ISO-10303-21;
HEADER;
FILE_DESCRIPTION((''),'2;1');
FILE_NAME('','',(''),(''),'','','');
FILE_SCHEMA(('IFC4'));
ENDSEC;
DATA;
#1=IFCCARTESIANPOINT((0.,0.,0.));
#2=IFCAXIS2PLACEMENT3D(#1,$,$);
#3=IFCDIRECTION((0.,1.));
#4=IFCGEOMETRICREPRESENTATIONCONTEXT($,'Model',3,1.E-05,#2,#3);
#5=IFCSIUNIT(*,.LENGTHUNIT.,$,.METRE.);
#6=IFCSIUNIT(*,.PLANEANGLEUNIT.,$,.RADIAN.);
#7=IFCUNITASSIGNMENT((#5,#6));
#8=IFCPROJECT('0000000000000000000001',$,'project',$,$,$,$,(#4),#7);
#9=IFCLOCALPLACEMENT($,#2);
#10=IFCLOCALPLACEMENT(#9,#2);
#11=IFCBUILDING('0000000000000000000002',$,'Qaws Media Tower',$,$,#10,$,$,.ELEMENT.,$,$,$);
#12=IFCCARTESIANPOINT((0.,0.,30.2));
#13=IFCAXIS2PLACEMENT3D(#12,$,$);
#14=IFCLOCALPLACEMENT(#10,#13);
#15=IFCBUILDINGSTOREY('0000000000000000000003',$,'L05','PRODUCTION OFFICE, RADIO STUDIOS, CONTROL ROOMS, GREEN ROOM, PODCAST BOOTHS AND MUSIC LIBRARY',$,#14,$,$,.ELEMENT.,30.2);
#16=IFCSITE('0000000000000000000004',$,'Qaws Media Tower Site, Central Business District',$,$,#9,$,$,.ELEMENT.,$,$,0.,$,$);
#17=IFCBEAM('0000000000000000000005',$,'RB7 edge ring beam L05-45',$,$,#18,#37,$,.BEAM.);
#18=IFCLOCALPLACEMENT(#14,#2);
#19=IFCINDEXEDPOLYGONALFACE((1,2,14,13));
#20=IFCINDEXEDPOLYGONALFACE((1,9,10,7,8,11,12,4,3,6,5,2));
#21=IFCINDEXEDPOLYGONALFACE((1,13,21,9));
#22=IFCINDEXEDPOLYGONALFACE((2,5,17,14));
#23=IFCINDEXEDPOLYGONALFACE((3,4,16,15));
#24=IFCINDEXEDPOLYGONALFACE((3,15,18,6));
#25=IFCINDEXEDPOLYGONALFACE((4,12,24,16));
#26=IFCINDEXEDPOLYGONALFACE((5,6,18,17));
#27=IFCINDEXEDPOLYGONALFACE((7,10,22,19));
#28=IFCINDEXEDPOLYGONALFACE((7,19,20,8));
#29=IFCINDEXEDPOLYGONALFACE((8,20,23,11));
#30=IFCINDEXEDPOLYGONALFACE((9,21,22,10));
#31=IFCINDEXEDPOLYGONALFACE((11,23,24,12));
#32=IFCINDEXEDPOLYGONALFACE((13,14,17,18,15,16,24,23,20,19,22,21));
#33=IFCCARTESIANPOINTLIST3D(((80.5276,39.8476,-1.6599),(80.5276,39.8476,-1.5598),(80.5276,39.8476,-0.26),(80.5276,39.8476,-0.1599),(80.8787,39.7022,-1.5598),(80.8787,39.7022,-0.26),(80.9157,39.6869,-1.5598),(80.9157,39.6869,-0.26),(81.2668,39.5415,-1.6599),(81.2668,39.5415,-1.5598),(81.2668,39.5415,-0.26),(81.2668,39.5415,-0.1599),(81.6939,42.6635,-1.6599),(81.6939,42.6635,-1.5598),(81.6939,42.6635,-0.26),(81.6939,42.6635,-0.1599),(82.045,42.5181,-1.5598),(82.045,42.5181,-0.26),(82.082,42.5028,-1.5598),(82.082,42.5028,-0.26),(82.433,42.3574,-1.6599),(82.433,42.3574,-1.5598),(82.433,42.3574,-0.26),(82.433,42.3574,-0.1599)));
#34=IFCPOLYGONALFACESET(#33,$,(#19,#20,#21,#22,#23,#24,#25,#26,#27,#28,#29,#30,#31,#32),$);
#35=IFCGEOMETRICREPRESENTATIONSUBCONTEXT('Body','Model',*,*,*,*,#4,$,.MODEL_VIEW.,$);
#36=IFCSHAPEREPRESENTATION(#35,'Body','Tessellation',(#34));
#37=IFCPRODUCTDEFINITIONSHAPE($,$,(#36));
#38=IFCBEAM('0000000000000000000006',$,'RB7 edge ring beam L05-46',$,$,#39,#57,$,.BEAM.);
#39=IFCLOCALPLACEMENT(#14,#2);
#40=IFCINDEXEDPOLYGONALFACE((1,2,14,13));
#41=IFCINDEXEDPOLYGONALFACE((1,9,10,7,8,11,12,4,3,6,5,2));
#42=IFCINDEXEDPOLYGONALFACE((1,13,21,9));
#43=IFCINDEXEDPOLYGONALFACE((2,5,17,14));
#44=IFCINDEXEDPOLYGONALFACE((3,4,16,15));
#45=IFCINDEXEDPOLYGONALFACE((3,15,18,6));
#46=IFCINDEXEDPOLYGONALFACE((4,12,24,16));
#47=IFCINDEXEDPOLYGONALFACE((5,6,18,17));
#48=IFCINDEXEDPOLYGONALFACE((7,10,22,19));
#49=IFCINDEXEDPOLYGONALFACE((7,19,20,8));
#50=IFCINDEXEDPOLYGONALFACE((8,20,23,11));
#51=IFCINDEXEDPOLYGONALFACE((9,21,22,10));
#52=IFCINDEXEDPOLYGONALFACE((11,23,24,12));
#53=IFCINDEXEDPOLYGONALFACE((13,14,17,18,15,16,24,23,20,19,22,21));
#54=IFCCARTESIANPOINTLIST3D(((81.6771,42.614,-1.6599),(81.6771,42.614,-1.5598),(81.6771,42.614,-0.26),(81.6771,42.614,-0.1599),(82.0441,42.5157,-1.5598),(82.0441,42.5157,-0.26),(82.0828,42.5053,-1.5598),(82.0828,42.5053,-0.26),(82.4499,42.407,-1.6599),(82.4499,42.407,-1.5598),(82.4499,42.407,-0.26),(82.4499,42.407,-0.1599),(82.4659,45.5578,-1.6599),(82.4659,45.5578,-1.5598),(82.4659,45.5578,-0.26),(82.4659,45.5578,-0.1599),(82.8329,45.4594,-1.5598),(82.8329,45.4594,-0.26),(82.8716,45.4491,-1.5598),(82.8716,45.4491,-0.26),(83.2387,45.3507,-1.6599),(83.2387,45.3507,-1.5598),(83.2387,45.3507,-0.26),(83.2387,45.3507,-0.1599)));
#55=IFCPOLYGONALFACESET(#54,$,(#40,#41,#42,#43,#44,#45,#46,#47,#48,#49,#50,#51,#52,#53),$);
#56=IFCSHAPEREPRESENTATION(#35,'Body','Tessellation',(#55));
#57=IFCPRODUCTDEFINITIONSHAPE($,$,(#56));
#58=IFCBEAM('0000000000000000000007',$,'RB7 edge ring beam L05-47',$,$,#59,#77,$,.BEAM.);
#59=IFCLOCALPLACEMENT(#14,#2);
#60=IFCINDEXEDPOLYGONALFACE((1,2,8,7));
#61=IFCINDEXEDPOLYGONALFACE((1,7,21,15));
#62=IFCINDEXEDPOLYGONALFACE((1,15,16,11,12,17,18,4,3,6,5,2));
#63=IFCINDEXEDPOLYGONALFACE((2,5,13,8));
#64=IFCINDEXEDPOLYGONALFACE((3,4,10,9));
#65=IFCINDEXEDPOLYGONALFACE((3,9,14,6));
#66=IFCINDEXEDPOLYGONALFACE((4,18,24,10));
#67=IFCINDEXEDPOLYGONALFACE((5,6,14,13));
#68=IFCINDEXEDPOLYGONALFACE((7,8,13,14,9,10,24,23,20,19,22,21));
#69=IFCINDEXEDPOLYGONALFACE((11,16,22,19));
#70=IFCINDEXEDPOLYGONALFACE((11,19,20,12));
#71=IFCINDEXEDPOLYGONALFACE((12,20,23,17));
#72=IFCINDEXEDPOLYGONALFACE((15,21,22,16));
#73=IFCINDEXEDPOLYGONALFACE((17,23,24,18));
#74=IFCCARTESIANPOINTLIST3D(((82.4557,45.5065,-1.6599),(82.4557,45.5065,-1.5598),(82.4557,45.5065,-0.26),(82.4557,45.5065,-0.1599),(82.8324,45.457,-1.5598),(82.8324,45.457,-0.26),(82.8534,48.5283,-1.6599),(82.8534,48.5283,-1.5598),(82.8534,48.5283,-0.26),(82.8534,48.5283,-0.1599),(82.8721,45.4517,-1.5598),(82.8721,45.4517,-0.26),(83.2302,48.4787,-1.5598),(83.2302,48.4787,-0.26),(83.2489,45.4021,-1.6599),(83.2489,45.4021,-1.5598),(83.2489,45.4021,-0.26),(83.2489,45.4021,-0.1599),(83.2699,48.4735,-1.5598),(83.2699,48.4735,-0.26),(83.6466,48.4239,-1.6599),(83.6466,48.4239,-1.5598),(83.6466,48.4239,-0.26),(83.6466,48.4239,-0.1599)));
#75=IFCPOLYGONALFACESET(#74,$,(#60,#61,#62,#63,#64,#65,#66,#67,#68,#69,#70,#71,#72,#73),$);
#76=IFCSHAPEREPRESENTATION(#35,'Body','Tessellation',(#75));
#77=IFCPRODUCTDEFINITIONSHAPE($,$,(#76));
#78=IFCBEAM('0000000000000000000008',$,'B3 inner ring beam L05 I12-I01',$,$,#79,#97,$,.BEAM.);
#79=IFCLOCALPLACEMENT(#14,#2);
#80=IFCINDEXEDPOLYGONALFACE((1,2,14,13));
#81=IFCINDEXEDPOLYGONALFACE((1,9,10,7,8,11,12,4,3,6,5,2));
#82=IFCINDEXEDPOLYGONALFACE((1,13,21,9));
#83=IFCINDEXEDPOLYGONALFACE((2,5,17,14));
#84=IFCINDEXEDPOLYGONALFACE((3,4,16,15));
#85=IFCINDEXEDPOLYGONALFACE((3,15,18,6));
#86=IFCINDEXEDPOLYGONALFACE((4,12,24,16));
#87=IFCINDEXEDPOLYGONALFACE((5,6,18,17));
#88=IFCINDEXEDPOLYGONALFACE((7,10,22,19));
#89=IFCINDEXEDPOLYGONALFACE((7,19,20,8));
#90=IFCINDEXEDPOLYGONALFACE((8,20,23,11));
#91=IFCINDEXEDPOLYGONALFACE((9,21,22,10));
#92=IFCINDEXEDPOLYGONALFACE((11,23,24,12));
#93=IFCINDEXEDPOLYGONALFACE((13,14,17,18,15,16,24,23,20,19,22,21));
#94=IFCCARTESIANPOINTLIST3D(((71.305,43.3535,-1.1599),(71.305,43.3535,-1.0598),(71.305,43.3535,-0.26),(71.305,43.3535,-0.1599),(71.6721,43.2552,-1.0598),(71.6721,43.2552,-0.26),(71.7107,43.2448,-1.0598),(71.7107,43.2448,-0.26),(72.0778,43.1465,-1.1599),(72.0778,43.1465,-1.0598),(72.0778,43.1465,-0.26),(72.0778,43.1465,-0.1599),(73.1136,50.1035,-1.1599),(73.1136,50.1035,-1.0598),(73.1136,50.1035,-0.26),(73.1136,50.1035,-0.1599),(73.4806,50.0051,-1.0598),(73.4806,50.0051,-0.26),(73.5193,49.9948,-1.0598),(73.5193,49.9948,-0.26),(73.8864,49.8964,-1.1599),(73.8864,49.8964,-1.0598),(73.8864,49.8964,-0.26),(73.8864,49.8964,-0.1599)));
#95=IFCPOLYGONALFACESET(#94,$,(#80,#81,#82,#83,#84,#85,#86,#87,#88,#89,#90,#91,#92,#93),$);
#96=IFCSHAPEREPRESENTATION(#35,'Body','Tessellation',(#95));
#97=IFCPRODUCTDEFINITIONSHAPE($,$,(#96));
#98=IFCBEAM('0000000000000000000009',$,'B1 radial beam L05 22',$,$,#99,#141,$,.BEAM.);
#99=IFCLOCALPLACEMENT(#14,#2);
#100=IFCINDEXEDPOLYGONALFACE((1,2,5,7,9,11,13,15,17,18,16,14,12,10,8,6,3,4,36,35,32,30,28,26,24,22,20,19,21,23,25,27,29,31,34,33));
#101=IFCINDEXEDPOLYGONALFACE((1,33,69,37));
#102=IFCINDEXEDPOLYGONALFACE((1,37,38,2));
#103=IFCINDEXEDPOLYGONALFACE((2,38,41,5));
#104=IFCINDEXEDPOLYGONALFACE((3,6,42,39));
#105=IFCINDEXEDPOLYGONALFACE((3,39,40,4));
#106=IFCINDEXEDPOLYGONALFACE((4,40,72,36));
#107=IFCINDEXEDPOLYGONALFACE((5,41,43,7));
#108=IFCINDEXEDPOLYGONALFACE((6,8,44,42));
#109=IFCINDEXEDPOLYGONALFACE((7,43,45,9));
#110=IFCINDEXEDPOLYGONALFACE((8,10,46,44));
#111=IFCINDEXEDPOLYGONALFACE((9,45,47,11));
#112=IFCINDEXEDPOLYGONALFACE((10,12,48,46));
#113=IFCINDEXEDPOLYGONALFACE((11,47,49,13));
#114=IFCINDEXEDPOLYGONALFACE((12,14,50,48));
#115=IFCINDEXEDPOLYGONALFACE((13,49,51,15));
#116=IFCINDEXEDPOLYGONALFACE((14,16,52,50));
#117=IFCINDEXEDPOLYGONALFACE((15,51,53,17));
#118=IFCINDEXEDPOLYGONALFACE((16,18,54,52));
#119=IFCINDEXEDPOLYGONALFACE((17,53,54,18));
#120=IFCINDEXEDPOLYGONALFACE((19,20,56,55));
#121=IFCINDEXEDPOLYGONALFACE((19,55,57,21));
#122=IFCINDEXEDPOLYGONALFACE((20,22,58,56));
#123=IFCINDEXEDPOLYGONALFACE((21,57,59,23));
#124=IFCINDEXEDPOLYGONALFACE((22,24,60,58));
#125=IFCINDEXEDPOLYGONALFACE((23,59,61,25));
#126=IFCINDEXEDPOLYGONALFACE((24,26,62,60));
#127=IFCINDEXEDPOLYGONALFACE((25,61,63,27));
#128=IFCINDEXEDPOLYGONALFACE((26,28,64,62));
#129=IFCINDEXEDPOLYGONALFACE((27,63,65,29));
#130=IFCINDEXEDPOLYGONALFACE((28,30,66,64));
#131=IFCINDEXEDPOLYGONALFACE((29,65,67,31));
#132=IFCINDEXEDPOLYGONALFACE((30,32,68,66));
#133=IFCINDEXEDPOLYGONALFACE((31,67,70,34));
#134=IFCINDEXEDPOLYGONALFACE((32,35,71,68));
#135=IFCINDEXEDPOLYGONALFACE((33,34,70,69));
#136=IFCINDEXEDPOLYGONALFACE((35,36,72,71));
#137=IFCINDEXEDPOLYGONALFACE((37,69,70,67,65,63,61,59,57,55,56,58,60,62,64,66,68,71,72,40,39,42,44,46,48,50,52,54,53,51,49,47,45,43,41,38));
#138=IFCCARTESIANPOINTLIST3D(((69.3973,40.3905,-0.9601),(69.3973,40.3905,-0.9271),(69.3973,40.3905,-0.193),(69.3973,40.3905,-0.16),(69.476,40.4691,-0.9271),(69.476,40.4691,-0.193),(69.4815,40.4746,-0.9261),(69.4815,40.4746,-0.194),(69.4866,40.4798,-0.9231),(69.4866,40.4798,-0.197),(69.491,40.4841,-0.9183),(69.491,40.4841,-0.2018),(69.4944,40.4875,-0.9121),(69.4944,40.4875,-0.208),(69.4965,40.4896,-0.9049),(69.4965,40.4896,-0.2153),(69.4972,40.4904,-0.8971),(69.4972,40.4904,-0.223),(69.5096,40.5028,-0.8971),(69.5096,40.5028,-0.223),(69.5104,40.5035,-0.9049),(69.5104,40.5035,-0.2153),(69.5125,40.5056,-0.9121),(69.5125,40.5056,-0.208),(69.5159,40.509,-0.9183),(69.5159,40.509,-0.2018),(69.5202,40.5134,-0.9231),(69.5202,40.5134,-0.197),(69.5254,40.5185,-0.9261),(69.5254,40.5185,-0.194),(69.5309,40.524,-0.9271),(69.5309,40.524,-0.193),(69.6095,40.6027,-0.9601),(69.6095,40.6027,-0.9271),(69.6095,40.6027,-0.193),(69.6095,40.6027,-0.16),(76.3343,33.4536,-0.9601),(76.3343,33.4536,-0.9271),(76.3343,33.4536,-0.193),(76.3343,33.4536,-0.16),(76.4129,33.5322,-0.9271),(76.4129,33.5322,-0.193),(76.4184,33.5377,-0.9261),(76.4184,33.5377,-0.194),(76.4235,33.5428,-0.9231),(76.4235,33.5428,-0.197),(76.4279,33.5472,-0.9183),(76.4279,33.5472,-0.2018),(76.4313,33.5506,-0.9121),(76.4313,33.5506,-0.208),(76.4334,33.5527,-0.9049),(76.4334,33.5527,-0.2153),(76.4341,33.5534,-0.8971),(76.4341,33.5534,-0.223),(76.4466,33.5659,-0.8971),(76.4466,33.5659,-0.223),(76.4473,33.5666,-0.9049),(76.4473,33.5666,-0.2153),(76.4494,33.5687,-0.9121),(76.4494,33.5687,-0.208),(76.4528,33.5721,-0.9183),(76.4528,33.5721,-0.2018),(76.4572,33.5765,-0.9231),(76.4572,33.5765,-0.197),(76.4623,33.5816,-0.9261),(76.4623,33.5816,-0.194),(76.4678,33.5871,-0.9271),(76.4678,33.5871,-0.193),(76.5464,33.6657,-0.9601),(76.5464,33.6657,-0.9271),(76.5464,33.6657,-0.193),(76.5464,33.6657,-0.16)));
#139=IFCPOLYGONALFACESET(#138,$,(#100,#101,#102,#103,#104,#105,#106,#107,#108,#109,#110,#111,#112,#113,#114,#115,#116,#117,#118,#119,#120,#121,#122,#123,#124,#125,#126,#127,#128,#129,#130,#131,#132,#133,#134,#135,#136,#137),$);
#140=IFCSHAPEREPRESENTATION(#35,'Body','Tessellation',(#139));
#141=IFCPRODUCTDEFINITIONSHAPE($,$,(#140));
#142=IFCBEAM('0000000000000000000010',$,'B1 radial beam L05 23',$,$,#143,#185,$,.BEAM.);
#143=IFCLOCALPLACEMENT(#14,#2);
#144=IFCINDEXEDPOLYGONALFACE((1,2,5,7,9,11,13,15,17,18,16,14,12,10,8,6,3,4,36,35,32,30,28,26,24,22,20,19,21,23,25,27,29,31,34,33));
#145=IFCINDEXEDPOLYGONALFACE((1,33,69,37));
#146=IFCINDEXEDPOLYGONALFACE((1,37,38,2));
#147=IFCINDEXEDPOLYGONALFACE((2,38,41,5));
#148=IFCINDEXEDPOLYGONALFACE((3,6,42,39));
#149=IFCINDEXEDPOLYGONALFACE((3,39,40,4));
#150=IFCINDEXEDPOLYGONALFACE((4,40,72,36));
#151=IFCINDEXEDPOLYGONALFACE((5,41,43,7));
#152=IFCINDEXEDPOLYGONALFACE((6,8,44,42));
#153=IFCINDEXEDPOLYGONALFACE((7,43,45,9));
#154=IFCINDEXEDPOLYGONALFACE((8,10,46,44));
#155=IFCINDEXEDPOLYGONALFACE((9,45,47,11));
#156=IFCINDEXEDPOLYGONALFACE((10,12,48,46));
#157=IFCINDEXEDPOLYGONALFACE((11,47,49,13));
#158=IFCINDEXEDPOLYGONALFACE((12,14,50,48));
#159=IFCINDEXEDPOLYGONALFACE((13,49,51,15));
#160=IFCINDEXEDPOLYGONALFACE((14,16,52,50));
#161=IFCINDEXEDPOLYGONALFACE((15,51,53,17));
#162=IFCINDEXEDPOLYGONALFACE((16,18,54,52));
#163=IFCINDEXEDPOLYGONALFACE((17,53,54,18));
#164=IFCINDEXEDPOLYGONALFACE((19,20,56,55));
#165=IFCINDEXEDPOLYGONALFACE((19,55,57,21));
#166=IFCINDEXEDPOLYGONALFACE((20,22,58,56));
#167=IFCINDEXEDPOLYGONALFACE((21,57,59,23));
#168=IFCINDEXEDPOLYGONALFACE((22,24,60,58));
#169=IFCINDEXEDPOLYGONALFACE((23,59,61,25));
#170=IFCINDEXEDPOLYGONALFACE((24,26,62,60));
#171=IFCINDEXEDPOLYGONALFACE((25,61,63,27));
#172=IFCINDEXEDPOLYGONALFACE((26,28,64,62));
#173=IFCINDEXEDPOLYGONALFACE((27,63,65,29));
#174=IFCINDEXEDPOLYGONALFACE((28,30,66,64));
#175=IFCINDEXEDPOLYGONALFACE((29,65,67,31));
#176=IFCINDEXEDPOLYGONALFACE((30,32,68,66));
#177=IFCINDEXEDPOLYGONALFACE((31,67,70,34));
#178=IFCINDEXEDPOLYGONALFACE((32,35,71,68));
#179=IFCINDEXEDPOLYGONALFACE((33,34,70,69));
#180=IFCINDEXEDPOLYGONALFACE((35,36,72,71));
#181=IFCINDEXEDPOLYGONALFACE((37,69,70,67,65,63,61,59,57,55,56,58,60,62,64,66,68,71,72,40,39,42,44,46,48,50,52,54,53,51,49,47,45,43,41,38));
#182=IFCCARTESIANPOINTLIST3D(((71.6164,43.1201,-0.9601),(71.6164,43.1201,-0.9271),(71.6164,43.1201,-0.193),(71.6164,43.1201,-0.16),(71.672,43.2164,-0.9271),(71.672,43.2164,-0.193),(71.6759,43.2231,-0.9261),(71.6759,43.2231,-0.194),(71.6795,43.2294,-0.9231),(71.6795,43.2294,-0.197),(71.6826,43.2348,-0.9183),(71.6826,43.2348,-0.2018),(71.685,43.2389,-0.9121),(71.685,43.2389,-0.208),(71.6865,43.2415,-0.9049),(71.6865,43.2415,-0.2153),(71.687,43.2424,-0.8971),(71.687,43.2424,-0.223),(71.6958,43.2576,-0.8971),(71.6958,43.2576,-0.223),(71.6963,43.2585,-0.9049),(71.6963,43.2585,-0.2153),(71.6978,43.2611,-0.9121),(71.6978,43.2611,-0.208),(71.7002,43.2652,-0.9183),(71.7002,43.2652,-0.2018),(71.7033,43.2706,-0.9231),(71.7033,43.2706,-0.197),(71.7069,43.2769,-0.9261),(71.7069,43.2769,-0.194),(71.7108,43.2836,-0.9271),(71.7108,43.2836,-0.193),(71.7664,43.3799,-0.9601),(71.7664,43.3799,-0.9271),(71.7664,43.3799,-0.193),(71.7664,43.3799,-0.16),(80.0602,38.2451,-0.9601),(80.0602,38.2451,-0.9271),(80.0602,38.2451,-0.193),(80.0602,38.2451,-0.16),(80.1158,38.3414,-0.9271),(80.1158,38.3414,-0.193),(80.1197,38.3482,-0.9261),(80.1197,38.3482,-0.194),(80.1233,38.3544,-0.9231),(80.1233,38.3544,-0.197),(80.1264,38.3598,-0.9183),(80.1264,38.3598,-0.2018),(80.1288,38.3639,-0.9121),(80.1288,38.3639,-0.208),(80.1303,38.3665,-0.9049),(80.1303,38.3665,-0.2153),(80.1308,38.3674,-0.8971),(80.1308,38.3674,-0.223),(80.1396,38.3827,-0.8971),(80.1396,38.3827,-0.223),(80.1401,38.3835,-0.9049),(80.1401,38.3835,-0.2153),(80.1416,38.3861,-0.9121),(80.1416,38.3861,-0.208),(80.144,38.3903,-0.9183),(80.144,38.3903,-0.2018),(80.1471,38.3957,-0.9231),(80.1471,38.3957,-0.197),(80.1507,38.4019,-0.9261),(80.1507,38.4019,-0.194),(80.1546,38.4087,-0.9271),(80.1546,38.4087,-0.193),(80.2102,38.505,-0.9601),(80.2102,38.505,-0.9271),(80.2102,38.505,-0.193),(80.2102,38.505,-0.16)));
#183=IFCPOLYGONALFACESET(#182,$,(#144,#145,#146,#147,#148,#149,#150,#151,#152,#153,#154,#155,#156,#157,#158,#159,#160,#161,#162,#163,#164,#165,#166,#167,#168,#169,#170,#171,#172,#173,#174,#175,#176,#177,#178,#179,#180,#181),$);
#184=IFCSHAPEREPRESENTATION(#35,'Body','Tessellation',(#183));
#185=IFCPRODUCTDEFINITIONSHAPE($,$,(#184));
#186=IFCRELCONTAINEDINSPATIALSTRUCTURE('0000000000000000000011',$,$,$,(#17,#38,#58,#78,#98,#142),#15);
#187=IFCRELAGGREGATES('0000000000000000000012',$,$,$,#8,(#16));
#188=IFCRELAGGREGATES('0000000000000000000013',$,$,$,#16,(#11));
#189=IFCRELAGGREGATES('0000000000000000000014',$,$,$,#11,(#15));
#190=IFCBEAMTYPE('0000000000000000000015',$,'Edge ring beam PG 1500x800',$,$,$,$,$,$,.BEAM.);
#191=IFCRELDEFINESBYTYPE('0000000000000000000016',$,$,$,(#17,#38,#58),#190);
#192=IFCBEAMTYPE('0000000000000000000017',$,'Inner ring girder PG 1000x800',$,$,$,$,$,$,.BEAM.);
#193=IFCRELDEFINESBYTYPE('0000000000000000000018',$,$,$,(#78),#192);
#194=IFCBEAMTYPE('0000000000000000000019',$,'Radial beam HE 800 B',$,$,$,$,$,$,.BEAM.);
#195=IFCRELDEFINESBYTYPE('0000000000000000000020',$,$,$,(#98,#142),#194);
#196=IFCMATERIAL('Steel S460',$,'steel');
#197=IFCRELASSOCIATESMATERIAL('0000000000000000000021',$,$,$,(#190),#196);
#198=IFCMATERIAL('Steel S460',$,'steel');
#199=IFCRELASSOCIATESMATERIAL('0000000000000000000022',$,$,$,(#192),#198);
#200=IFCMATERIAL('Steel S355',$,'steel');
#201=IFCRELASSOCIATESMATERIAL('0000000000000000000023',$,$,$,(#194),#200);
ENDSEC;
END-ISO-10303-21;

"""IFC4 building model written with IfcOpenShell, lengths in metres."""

from ifc_helpers import new_model, si_unit, direction, frame, origin, origin_2d, place, context, subcontext, project, spatial, i_section, extrude, material, material_profile, profile_set, type_object, element, save


model = new_model("IFC4")

# Units and contexts
model_context = context("Model", 3, precision=1e-05, world=origin(), true_north=direction((0.0, 1.0)))
body_context = subcontext(model_context, "Body", "Model", "MODEL_VIEW")
ifc_project = project(units=[si_unit("LENGTHUNIT", "METRE"), si_unit("PLANEANGLEUNIT", "RADIAN")], contexts=[model_context])

# Site, building, storey
site_placement = place(None, origin())
site = spatial("IfcSite", under=ifc_project, at=site_placement, Name="Qaws Media Tower Site, Central Business District", CompositionType="ELEMENT", RefElevation=0.0)
building_placement = place(site_placement, origin())
building = spatial("IfcBuilding", under=site, at=building_placement, Name="Qaws Media Tower", CompositionType="ELEMENT")
storey_placement = place(building_placement, frame((0.0, 0.0, 30.2)))
storey = spatial("IfcBuildingStorey", under=building, at=storey_placement, Name="L05", Description="PRODUCTION OFFICE, RADIO STUDIOS, CONTROL ROOMS, GREEN ROOM, PODCAST BOOTHS AND MUSIC LIBRARY", CompositionType="ELEMENT", Elevation=30.2)

# Beams
ifc_material_1 = material(Name="Steel S460", Category="steel")
ifc_material_profile_1 = material_profile(ifc_material_1, i_section(OverallWidth=0.8, OverallDepth=1.5, WebThickness=0.04, FlangeThickness=0.1001, at=origin_2d()), Name="PG 1500x800")
ifc_profile_set_1 = profile_set([ifc_material_profile_1], Name="Steel S460")
beam_type_1 = type_object("IfcBeamType", Name="Edge ring beam PG 1500x800", PredefinedType="BEAM", material=ifc_profile_set_1)
beam_1_placement = place(storey_placement, frame((80.8972, 39.6946, -0.9099), z_axis=(0.382647, 0.923895, 0.0), x_axis=(-0.923895, 0.382647, 0.0)))
element("IfcBeam", 1, at=beam_1_placement, inside=storey, type_object=beam_type_1, Name="RB7 edge ring beam L05-45", PredefinedType="BEAM", context=body_context, shape_type="SweptSolid", body=[
    extrude(i_section(OverallWidth=0.8, OverallDepth=1.5, WebThickness=0.04, FlangeThickness=0.1001, at=origin_2d()), origin(), (0.0, 0.0, 1.0), 3.0479),
])
beam_2_placement = place(storey_placement, frame((82.0635, 42.5105, -0.9099), z_axis=(0.258824, 0.965924, 0.0), x_axis=(-0.965924, 0.258824, 0.0)))
element("IfcBeam", 2, at=beam_2_placement, inside=storey, type_object=beam_type_1, Name="RB7 edge ring beam L05-46", PredefinedType="BEAM", context=body_context, shape_type="SweptSolid", body=[
    extrude(i_section(OverallWidth=0.8, OverallDepth=1.5, WebThickness=0.04, FlangeThickness=0.1001, at=origin_2d()), origin(), (0.0, 0.0, 1.0), 3.0476),
])
beam_3_placement = place(storey_placement, frame((82.8523, 45.4543, -0.9099), z_axis=(0.13049, 0.99145, 0.0), x_axis=(-0.99145, 0.13049, 0.0)))
element("IfcBeam", 3, at=beam_3_placement, inside=storey, type_object=beam_type_1, Name="RB7 edge ring beam L05-47", PredefinedType="BEAM", context=body_context, shape_type="SweptSolid", body=[
    extrude(i_section(OverallWidth=0.8, OverallDepth=1.5, WebThickness=0.04, FlangeThickness=0.1001, at=origin_2d()), origin(), (0.0, 0.0, 1.0), 3.0479),
])
ifc_material_2 = material(Name="Steel S460", Category="steel")
ifc_material_profile_2 = material_profile(ifc_material_2, i_section(OverallWidth=0.8, OverallDepth=1.0, WebThickness=0.04, FlangeThickness=0.1001, at=origin_2d()), Name="PG 1000x800")
ifc_profile_set_2 = profile_set([ifc_material_profile_2], Name="Steel S460")
beam_type_2 = type_object("IfcBeamType", Name="Inner ring girder PG 1000x800", PredefinedType="BEAM", material=ifc_profile_set_2)
beam_4_placement = place(storey_placement, frame((71.6914, 43.25, -0.6599), z_axis=(0.258811, 0.965928, 0.0), x_axis=(-0.965928, 0.258811, 0.0)))
element("IfcBeam", 4, at=beam_4_placement, inside=storey, type_object=beam_type_2, Name="B3 inner ring beam L05 I12-I01", PredefinedType="BEAM", context=body_context, shape_type="SweptSolid", body=[
    extrude(i_section(OverallWidth=0.8, OverallDepth=1.0, WebThickness=0.04, FlangeThickness=0.1001, at=origin_2d()), origin(), (0.0, 0.0, 1.0), 6.988),
])
ifc_material_3 = material(Name="Steel S355", Category="steel")
ifc_material_profile_3 = material_profile(ifc_material_3, i_section(OverallWidth=0.3, OverallDepth=0.8, WebThickness=0.0176, FlangeThickness=0.033, FilletRadius=0.03, at=origin_2d()), Name="HE 800 B")
ifc_profile_set_3 = profile_set([ifc_material_profile_3], Name="Steel S355")
beam_type_3 = type_object("IfcBeamType", Name="Radial beam HE 800 B", PredefinedType="BEAM", material=ifc_profile_set_3)
beam_5_placement = place(storey_placement, frame((69.5034, 40.4966, -0.5601), z_axis=(0.707107, -0.707107, 0.0), x_axis=(0.707107, 0.707107, 0.0)))
element("IfcBeam", 5, at=beam_5_placement, inside=storey, type_object=beam_type_3, Name="B1 radial beam L05 22", PredefinedType="BEAM", context=body_context, shape_type="SweptSolid", body=[
    extrude(i_section(OverallWidth=0.3, OverallDepth=0.8, WebThickness=0.0176, FlangeThickness=0.033, FilletRadius=0.03, at=origin_2d()), origin(), (0.0, 0.0, 1.0), 9.8103),
])
beam_6_placement = place(storey_placement, frame((71.6914, 43.25, -0.5601), z_axis=(0.866028, -0.499996, 0.0), x_axis=(0.499996, 0.866028, 0.0)))
element("IfcBeam", 6, at=beam_6_placement, inside=storey, type_object=beam_type_3, Name="B1 radial beam L05 23", PredefinedType="BEAM", context=body_context, shape_type="SweptSolid", body=[
    extrude(i_section(OverallWidth=0.3, OverallDepth=0.8, WebThickness=0.0176, FlangeThickness=0.033, FilletRadius=0.03, at=origin_2d()), origin(), (0.0, 0.0, 1.0), 9.75),
])

save(model, "model.ifc")
